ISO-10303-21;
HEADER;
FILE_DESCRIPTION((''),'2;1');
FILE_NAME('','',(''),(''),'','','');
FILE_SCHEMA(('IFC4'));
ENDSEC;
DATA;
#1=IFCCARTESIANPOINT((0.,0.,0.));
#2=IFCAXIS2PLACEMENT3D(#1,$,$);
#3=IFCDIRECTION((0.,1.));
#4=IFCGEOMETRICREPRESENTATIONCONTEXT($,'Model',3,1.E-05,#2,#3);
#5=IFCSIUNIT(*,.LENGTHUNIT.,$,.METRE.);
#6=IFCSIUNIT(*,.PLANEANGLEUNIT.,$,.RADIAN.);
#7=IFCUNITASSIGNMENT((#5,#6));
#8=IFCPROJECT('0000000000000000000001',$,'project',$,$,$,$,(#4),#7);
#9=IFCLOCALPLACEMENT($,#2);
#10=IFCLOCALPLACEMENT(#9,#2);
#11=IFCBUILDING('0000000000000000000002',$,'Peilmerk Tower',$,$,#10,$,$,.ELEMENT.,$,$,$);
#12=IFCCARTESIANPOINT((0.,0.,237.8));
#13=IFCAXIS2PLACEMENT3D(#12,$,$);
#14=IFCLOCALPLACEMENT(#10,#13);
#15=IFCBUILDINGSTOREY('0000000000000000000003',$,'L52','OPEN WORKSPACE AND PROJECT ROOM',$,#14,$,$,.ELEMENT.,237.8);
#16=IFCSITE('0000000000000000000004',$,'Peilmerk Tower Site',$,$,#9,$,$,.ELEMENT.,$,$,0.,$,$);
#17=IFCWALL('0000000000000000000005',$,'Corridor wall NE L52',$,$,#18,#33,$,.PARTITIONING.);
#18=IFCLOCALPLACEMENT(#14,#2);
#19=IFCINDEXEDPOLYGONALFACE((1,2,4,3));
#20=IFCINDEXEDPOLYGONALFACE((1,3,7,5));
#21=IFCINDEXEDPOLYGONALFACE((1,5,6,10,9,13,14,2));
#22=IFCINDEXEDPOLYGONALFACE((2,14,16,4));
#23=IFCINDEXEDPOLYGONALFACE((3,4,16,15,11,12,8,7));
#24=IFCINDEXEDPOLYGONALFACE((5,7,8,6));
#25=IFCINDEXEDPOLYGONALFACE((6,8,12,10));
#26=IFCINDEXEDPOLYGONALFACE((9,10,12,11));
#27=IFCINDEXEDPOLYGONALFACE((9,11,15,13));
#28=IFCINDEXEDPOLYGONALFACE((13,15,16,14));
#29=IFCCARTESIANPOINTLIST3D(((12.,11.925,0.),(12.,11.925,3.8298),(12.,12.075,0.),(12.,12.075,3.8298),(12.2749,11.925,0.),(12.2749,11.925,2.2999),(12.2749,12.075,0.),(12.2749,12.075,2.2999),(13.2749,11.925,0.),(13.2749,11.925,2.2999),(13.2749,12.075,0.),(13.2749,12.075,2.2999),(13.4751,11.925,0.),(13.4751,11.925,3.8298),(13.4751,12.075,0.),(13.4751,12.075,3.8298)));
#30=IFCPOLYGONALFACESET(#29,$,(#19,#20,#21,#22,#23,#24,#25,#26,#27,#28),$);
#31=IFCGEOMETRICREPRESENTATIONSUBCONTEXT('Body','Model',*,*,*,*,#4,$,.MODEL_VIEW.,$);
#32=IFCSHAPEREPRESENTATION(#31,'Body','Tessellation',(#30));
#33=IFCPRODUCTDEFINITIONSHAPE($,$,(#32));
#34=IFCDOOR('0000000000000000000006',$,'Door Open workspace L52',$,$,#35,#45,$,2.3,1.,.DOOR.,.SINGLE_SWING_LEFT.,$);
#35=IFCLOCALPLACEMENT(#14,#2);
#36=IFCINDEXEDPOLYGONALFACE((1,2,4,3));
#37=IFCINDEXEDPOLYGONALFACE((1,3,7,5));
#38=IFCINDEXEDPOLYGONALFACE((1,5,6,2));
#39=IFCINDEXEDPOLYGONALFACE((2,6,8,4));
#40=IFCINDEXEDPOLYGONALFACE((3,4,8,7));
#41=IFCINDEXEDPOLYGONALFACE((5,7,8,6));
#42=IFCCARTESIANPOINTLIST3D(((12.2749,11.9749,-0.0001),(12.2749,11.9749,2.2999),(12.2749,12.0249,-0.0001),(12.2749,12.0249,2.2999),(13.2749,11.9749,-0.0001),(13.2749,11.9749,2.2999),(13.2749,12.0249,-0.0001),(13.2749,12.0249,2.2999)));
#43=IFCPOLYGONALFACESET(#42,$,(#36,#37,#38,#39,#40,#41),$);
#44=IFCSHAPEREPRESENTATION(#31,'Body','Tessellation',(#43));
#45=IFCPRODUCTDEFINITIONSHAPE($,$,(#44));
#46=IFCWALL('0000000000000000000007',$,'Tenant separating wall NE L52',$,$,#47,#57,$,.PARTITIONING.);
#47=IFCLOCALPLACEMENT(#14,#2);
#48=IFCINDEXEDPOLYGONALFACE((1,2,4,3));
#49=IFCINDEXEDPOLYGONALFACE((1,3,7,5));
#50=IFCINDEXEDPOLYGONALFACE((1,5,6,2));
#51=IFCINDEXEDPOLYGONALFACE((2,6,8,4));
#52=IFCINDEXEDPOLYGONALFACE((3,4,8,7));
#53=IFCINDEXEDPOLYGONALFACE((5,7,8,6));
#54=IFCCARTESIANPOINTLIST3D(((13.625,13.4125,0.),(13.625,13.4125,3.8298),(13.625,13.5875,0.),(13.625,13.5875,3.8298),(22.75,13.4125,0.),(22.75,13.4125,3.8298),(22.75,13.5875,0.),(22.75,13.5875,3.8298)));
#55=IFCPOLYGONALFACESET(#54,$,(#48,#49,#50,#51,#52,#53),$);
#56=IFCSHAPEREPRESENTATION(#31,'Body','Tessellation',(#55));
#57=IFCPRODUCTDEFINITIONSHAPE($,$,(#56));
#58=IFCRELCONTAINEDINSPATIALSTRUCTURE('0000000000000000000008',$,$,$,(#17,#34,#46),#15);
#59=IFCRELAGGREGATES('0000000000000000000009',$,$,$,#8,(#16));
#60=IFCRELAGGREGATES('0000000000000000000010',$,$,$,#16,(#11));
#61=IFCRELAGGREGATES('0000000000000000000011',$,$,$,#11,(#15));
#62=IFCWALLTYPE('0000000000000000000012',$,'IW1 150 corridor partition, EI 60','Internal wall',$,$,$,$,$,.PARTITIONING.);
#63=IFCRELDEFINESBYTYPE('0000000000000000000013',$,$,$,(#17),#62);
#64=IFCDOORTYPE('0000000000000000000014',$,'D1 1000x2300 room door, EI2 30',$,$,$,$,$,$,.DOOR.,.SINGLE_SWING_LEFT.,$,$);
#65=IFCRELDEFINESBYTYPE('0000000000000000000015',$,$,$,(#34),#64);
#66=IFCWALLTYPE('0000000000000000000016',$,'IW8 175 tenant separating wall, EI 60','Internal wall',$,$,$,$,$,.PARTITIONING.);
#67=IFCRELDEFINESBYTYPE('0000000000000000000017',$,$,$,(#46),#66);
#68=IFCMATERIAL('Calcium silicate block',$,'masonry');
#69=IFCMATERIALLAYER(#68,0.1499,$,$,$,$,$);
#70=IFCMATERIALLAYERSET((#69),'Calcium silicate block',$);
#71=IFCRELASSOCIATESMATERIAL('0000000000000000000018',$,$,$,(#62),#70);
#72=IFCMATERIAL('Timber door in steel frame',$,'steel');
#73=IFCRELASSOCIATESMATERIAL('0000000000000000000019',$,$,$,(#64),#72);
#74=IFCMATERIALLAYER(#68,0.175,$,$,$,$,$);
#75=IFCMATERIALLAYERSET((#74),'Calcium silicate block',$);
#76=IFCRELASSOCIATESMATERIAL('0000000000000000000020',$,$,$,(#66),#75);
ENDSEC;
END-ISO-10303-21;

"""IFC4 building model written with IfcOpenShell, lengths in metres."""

from ifc_helpers import new_model, si_unit, direction, frame, frame_2d, origin, place, context, subcontext, project, spatial, rectangle, extrude, material, layer, layer_set, type_object, element, fill, save


model = new_model("IFC4")

# Units and contexts
model_context = context("Model", 3, precision=1e-05, world=origin(), true_north=direction((0.0, 1.0)))
body_context = subcontext(model_context, "Body", "Model", "MODEL_VIEW")
ifc_project = project(units=[si_unit("LENGTHUNIT", "METRE"), si_unit("PLANEANGLEUNIT", "RADIAN")], contexts=[model_context])

# Site, building, storey
site_placement = place(None, origin())
site = spatial("IfcSite", under=ifc_project, at=site_placement, Name="Peilmerk Tower Site", CompositionType="ELEMENT", RefElevation=0.0)
building_placement = place(site_placement, origin())
building = spatial("IfcBuilding", under=site, at=building_placement, Name="Peilmerk Tower", CompositionType="ELEMENT")
storey_placement = place(building_placement, frame((0.0, 0.0, 237.8)))
storey = spatial("IfcBuildingStorey", under=building, at=storey_placement, Name="L52", Description="OPEN WORKSPACE AND PROJECT ROOM", CompositionType="ELEMENT", Elevation=237.8)

# Wall, opening, door
ifc_material_1 = material(Name="Calcium silicate block", Category="masonry")
ifc_layer_1 = layer(ifc_material_1, 0.1499)
ifc_layer_set_1 = layer_set([ifc_layer_1], Name="Calcium silicate block")
wall_type_1 = type_object("IfcWallType", Name="IW1 150 corridor partition, EI 60", Description="Internal wall", PredefinedType="PARTITIONING", material=ifc_layer_set_1)
wall_1_placement = place(storey_placement, frame((12.0, 12.0, 0.0), z_axis=(0.0, 0.0, 1.0), x_axis=(1.0, 0.0, 0.0)))
wall_1 = element("IfcWall", 1, at=wall_1_placement, inside=storey, type_object=wall_type_1, Name="Corridor wall NE L52", PredefinedType="PARTITIONING", context=body_context, shape_type="SweptSolid", body=[
    extrude(rectangle(XDim=1.4751, YDim=0.1499, at=frame_2d((0.7375, 0.0))), origin(), (0.0, 0.0, 1.0), 3.8298),
])
opening_placement = place(wall_1_placement, frame((0.2749, 0.0, 0.0)))
opening = element("IfcOpeningElement", 2, at=opening_placement, cuts=wall_1, PredefinedType="OPENING", context=body_context, shape_type="SweptSolid", body=[
    extrude(rectangle(XDim=1.0, YDim=2.3, at=frame_2d((0.5, 1.1499))), frame((0.0, 0.085, 0.0), z_axis=(0.0, -1.0, 0.0), x_axis=(1.0, 0.0, 0.0)), (0.0, 0.0, 1.0), 0.1699),
])
ifc_material_2 = material(Name="Timber door in steel frame", Category="steel")
door_type = type_object("IfcDoorType", Name="D1 1000x2300 room door, EI2 30", OperationType="SINGLE_SWING_LEFT", PredefinedType="DOOR", material=ifc_material_2)
door_placement = place(opening_placement, origin())
door = element("IfcDoor", 3, at=door_placement, inside=storey, type_object=door_type, Name="Door Open workspace L52", OperationType="SINGLE_SWING_LEFT", OverallHeight=2.3, OverallWidth=1.0, PredefinedType="DOOR", context=body_context, shape_type="SweptSolid", body=[
    extrude(rectangle(XDim=1.0, YDim=2.3, at=frame_2d((0.5, 1.1499))), frame((0.0, 0.0249, 0.0), z_axis=(0.0, -1.0, 0.0), x_axis=(1.0, 0.0, 0.0)), (0.0, 0.0, 1.0), 0.05),
])
fill(opening, door)

# Wall
ifc_layer_2 = layer(ifc_material_1, 0.175)
ifc_layer_set_2 = layer_set([ifc_layer_2], Name="Calcium silicate block")
wall_type_2 = type_object("IfcWallType", Name="IW8 175 tenant separating wall, EI 60", Description="Internal wall", PredefinedType="PARTITIONING", material=ifc_layer_set_2)
wall_2_placement = place(storey_placement, frame((13.625, 13.5, 0.0), z_axis=(0.0, 0.0, 1.0), x_axis=(1.0, 0.0, 0.0)))
element("IfcWall", 4, at=wall_2_placement, inside=storey, type_object=wall_type_2, Name="Tenant separating wall NE L52", PredefinedType="PARTITIONING", context=body_context, shape_type="SweptSolid", body=[
    extrude(rectangle(XDim=9.125, YDim=0.175, at=frame_2d((4.5625, 0.0))), origin(), (0.0, 0.0, 1.0), 3.8298),
])

save(model, "model.ifc")
